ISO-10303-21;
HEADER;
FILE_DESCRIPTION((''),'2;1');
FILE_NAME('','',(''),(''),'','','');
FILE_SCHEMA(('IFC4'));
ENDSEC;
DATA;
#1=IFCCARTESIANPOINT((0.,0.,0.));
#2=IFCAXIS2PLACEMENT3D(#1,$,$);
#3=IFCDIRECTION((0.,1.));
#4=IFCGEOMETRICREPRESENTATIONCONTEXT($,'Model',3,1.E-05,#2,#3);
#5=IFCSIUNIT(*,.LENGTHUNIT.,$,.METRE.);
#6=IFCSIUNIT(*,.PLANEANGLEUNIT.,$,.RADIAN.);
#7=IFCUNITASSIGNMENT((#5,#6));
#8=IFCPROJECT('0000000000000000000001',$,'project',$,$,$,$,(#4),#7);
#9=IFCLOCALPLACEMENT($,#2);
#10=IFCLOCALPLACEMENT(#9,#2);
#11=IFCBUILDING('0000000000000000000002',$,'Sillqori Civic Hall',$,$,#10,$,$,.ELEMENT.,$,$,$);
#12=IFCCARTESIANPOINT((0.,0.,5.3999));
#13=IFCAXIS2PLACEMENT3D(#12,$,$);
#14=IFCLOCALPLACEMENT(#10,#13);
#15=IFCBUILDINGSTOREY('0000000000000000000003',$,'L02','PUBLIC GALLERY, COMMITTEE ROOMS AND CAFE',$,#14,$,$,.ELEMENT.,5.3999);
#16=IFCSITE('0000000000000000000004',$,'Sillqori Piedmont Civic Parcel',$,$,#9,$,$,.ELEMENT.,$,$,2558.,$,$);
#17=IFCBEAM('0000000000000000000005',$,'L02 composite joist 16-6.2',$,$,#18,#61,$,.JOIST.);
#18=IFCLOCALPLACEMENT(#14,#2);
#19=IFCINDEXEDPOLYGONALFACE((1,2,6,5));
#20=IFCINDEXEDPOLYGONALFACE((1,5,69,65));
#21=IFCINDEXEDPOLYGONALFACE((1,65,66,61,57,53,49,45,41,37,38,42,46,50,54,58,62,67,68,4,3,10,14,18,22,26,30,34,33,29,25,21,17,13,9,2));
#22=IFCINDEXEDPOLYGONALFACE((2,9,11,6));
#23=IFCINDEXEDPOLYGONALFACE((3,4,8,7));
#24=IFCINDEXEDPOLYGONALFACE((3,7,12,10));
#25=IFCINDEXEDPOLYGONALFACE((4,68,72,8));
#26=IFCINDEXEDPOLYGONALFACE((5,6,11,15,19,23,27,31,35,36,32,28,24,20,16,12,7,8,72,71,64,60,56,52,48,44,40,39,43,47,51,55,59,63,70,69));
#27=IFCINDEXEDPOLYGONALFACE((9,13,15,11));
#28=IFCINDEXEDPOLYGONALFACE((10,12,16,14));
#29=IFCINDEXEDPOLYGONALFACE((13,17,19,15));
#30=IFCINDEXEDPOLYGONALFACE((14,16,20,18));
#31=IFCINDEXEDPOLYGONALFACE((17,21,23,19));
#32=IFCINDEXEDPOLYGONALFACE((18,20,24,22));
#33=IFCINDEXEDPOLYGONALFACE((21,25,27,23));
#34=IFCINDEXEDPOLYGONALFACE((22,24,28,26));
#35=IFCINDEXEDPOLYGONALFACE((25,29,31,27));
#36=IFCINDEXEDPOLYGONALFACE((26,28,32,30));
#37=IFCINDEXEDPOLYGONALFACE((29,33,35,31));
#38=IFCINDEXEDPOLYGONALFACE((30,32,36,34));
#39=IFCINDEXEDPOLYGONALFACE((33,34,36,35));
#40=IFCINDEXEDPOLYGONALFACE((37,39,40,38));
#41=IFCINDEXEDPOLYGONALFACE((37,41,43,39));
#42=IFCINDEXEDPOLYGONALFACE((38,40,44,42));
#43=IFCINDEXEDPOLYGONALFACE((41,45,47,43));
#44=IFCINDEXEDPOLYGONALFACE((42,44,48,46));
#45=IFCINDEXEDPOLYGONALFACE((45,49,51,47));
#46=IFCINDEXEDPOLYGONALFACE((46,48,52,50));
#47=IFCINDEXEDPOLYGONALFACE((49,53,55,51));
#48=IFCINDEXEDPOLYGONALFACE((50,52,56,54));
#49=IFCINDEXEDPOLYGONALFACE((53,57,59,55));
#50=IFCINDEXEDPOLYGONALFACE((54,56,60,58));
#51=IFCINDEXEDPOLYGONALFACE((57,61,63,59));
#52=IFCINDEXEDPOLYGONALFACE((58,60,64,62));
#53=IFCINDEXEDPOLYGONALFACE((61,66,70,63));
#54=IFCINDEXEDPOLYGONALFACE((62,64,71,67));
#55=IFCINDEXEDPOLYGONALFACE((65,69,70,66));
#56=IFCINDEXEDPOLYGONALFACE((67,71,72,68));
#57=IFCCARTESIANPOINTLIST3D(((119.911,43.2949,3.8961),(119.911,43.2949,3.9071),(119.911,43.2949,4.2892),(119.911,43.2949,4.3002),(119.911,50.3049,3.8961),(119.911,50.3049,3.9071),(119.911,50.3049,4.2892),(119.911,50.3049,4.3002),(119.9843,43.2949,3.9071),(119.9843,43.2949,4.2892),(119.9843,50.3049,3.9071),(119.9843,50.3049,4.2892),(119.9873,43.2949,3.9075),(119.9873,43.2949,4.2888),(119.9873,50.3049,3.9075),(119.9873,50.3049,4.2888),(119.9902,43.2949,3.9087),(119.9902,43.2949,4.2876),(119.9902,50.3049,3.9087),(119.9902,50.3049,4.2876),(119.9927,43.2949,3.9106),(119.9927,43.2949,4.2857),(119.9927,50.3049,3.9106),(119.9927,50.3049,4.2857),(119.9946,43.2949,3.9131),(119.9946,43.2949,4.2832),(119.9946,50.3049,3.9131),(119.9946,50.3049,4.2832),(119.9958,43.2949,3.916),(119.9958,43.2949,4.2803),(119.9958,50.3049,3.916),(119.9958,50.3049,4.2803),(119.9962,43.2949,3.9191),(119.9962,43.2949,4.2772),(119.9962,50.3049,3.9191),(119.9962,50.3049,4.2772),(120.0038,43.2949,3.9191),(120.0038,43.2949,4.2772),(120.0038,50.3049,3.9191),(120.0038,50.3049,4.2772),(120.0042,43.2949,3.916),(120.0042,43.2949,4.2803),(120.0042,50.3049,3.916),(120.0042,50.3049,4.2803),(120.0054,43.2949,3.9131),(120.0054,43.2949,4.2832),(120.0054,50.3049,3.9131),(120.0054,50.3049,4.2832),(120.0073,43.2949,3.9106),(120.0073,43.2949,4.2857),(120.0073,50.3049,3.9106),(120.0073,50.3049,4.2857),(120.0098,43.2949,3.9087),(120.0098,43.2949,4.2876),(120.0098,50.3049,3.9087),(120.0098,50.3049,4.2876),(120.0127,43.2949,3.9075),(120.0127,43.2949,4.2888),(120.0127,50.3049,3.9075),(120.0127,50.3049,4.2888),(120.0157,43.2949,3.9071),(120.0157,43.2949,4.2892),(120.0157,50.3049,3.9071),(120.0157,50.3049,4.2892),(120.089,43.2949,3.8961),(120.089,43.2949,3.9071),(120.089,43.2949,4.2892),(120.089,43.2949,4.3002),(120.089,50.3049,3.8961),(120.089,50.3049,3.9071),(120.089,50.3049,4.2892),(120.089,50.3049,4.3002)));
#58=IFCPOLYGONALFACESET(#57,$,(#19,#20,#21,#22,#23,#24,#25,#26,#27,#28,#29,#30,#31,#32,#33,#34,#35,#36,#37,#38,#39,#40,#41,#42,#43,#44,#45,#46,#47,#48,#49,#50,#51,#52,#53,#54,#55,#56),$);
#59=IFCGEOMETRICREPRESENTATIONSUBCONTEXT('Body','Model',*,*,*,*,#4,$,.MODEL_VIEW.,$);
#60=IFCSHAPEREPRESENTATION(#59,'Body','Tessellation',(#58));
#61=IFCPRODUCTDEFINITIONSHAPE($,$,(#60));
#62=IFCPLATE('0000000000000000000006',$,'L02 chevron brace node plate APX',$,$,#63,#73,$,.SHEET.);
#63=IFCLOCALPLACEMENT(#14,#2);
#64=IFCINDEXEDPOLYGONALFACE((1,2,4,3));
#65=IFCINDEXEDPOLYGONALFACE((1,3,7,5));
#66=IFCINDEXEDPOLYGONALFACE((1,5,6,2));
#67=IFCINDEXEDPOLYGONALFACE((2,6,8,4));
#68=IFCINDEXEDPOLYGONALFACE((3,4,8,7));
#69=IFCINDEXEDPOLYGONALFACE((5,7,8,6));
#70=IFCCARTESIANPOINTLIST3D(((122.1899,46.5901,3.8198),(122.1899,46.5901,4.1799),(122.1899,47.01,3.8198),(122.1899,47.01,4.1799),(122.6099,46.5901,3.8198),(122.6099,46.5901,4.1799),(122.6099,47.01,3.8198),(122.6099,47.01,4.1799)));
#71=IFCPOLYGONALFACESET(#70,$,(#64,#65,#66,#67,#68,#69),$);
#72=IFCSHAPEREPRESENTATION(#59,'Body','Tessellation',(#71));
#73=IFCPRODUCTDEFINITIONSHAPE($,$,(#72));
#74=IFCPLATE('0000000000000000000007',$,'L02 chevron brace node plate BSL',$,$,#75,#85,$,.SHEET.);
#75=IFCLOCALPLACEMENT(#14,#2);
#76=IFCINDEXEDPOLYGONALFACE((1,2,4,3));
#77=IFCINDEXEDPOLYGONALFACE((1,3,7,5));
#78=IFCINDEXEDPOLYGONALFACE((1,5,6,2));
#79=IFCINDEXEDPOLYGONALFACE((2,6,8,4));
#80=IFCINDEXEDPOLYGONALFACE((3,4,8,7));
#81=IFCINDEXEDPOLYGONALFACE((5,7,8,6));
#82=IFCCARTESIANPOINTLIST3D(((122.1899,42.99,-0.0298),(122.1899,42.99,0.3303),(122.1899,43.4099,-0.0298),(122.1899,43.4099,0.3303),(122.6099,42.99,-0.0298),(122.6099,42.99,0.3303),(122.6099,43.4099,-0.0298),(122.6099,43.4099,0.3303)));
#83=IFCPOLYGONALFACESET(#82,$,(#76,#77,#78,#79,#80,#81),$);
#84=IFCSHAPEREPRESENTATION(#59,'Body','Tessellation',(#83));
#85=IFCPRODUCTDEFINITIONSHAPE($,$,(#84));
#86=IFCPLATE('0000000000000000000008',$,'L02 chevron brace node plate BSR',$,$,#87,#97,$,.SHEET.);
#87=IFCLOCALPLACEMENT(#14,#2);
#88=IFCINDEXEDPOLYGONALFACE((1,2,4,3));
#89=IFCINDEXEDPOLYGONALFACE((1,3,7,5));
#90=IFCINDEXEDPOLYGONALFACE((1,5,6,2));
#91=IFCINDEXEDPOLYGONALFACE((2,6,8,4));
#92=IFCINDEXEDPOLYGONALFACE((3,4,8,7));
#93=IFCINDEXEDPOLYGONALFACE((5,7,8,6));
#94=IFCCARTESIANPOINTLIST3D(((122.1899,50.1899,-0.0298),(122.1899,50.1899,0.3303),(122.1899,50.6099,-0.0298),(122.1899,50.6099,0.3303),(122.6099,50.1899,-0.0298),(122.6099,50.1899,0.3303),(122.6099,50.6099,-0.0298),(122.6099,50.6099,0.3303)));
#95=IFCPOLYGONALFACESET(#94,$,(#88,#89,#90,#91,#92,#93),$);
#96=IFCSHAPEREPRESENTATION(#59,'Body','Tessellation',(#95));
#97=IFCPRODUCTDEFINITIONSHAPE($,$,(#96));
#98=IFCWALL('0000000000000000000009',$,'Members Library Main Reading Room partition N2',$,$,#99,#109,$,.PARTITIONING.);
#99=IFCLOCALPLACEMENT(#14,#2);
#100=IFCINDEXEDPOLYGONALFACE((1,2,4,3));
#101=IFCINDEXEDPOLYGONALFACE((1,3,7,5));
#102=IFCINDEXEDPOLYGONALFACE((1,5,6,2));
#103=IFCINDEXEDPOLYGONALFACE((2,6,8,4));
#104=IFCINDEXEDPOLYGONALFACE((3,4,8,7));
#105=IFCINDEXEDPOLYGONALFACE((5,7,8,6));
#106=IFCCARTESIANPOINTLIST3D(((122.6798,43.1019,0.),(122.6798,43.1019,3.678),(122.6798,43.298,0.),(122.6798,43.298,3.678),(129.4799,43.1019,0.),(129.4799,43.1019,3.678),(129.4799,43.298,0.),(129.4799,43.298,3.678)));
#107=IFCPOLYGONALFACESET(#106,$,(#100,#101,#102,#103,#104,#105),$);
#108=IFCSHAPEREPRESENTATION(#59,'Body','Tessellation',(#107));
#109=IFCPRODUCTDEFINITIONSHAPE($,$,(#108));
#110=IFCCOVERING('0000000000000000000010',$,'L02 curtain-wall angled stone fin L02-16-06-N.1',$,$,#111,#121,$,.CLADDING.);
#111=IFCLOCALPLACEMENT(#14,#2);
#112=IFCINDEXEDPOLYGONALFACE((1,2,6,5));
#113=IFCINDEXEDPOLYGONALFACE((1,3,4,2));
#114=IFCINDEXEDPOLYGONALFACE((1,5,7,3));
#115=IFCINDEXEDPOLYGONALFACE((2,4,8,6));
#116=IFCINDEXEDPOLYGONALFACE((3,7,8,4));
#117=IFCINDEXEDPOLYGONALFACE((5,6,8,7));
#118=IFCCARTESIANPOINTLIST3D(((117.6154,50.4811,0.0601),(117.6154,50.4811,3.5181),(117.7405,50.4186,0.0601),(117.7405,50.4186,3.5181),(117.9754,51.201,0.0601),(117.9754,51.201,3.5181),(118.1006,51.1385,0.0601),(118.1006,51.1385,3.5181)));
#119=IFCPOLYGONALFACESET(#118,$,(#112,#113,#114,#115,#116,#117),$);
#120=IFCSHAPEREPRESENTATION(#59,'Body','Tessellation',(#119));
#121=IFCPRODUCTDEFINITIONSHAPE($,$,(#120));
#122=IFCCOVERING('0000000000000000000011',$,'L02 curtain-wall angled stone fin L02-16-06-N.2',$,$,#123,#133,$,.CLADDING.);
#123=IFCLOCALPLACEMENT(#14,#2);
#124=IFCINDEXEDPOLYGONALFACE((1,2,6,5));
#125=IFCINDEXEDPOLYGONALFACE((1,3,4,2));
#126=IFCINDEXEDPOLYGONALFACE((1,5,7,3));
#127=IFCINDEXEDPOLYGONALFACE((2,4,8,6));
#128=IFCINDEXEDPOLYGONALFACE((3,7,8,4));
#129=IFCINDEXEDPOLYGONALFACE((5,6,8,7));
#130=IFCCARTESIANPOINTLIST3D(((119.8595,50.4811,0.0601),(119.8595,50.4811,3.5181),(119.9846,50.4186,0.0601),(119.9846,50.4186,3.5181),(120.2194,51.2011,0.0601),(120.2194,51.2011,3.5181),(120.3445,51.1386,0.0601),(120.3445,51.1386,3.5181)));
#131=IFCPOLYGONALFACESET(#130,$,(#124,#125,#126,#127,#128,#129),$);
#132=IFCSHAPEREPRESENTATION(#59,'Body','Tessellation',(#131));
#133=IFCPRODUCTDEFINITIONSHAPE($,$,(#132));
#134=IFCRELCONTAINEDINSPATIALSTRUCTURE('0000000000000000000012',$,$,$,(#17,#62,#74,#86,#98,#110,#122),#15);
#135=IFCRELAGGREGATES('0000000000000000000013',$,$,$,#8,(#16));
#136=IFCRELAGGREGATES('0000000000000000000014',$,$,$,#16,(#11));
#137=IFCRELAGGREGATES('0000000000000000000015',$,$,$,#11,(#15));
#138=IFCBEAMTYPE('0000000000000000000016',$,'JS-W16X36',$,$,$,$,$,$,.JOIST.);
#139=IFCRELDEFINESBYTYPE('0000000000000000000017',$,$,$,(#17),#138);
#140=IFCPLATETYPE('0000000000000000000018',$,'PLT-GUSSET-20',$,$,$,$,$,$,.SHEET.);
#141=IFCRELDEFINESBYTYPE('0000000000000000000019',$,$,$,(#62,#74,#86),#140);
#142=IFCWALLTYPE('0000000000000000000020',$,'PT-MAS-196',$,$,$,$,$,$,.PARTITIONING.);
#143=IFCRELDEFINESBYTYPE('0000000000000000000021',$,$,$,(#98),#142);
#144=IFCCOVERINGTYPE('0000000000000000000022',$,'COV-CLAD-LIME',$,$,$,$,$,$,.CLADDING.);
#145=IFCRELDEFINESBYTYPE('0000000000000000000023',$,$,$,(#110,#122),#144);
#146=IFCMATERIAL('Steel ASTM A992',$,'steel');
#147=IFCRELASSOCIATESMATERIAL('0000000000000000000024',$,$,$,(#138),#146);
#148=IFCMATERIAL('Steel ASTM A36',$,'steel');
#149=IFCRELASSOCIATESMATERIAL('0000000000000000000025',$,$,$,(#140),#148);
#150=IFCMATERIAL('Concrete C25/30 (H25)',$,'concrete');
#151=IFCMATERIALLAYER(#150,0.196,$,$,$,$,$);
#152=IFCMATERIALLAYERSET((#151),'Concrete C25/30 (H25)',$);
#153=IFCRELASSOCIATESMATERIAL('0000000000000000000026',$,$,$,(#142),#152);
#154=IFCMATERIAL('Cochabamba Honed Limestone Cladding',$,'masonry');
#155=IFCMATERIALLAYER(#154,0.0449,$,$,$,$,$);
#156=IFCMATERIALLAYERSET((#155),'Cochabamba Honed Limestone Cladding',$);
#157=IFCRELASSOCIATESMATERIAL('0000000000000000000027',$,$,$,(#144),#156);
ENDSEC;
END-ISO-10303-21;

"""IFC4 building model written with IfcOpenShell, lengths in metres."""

from ifc_helpers import new_model, si_unit, direction, frame, frame_2d, origin, origin_2d, place, context, subcontext, project, spatial, rectangle, i_section, extrude, material, layer, layer_set, material_profile, profile_set, type_object, element, save


model = new_model("IFC4")

# Units and contexts
model_context = context("Model", 3, precision=1e-05, world=origin(), true_north=direction((0.0, 1.0)))
body_context = subcontext(model_context, "Body", "Model", "MODEL_VIEW")
ifc_project = project(units=[si_unit("LENGTHUNIT", "METRE"), si_unit("PLANEANGLEUNIT", "RADIAN")], contexts=[model_context])

# Site, building, storey
site_placement = place(None, origin())
site = spatial("IfcSite", under=ifc_project, at=site_placement, Name="Sillqori Piedmont Civic Parcel", CompositionType="ELEMENT", RefElevation=2558.0)
building_placement = place(site_placement, origin())
building = spatial("IfcBuilding", under=site, at=building_placement, Name="Sillqori Civic Hall", CompositionType="ELEMENT")
storey_placement = place(building_placement, frame((0.0, 0.0, 5.3999)))
storey = spatial("IfcBuildingStorey", under=building, at=storey_placement, Name="L02", Description="PUBLIC GALLERY, COMMITTEE ROOMS AND CAFE", CompositionType="ELEMENT", Elevation=5.3999)

# Shared definitions
ifc_material_1 = material(Name="Steel ASTM A992", Category="steel")

# Beam
ifc_material_profile_1 = material_profile(ifc_material_1, i_section(OverallWidth=0.178, OverallDepth=0.4041, WebThickness=0.0076, FlangeThickness=0.011, FilletRadius=0.012, at=origin_2d()), Name="W16X36")
ifc_profile_set_1 = profile_set([ifc_material_profile_1], Name="Steel ASTM A992")
beam_type_1 = type_object("IfcBeamType", Name="JS-W16X36", PredefinedType="JOIST", material=ifc_profile_set_1)
for number, where, z_axis, x_axis, name in (
    (1, (120.0, 43.2949, 4.0981), (0.0, 1.0, 0.0), (-1.0, 0.0, 0.0), "L02 composite joist 16-6.2"),
):
    element("IfcBeam", number, at=place(storey_placement, frame(where, z_axis=z_axis, x_axis=x_axis)), inside=storey, type_object=beam_type_1, Name=name, PredefinedType="JOIST", context=body_context, shape_type="SweptSolid", body=[
        extrude(i_section(OverallWidth=0.178, OverallDepth=0.4041, WebThickness=0.0076, FlangeThickness=0.011, FilletRadius=0.012, at=origin_2d()), origin(), (0.0, 0.0, 1.0), 7.01),
    ])

# Plates
ifc_material_2 = material(Name="Steel ASTM A36", Category="steel")
plate_type_1 = type_object("IfcPlateType", Name="PLT-GUSSET-20", PredefinedType="SHEET", material=ifc_material_2)
for number, where, z_axis, x_axis, name in (
    (2, (122.3999, 46.8, 3.8198), (0.0, 0.0, 1.0), (1.0, 0.0, 0.0), "L02 chevron brace node plate APX"),
    (3, (122.3999, 43.2, -0.0298), (0.0, 0.0, 1.0), (1.0, 0.0, 0.0), "L02 chevron brace node plate BSL"),
    (4, (122.3999, 50.3999, -0.0298), (0.0, 0.0, 1.0), (1.0, 0.0, 0.0), "L02 chevron brace node plate BSR"),
):
    element("IfcPlate", number, at=place(storey_placement, frame(where, z_axis=z_axis, x_axis=x_axis)), inside=storey, type_object=plate_type_1, Name=name, PredefinedType="SHEET", context=body_context, shape_type="SweptSolid", body=[
        extrude(rectangle(XDim=0.4199, YDim=0.4199, at=origin_2d()), origin(), (0.0, 0.0, 1.0), 0.3601),
    ])

# Wall
ifc_material_3 = material(Name="Concrete C25/30 (H25)", Category="concrete")
ifc_layer_1 = layer(ifc_material_3, 0.196)
ifc_layer_set_1 = layer_set([ifc_layer_1], Name="Concrete C25/30 (H25)")
wall_type = type_object("IfcWallType", Name="PT-MAS-196", PredefinedType="PARTITIONING", material=ifc_layer_set_1)
wall_placement = place(storey_placement, frame((122.6799, 43.2, 0.0), z_axis=(0.0, 0.0, 1.0), x_axis=(1.0, 0.0, 0.0)))
element("IfcWall", 5, at=wall_placement, inside=storey, type_object=wall_type, Name="Members Library Main Reading Room partition N2", PredefinedType="PARTITIONING", context=body_context, shape_type="SweptSolid", body=[
    extrude(rectangle(XDim=6.8, YDim=0.196, at=frame_2d((3.3999, 0.0))), origin(), (0.0, 0.0, 1.0), 3.678),
])

# Coverings
ifc_material_4 = material(Name="Cochabamba Honed Limestone Cladding", Category="masonry")
ifc_layer_2 = layer(ifc_material_4, 0.0449)
ifc_layer_set_2 = layer_set([ifc_layer_2], Name="Cochabamba Honed Limestone Cladding")
covering_type = type_object("IfcCoveringType", Name="COV-CLAD-LIME", PredefinedType="CLADDING", material=ifc_layer_set_2)
for number, where, z_axis, x_axis, name in (
    (6, (117.678, 50.45, 0.0601), (0.0, 0.0, 1.0), (0.447335, 0.894367, 0.0), "L02 curtain-wall angled stone fin L02-16-06-N.1"),
    (7, (119.9221, 50.45, 0.0601), (0.0, 0.0, 1.0), (0.447092, 0.894488, 0.0), "L02 curtain-wall angled stone fin L02-16-06-N.2"),
):
    element("IfcCovering", number, at=place(storey_placement, frame(where, z_axis=z_axis, x_axis=x_axis)), inside=storey, type_object=covering_type, Name=name, PredefinedType="CLADDING", context=body_context, shape_type="SweptSolid", body=[
        extrude(rectangle(XDim=0.8049, YDim=0.1399, at=frame_2d((0.4023, 0.0))), origin(), (0.0, 0.0, 1.0), 3.458),
    ])

save(model, "model.ifc")
